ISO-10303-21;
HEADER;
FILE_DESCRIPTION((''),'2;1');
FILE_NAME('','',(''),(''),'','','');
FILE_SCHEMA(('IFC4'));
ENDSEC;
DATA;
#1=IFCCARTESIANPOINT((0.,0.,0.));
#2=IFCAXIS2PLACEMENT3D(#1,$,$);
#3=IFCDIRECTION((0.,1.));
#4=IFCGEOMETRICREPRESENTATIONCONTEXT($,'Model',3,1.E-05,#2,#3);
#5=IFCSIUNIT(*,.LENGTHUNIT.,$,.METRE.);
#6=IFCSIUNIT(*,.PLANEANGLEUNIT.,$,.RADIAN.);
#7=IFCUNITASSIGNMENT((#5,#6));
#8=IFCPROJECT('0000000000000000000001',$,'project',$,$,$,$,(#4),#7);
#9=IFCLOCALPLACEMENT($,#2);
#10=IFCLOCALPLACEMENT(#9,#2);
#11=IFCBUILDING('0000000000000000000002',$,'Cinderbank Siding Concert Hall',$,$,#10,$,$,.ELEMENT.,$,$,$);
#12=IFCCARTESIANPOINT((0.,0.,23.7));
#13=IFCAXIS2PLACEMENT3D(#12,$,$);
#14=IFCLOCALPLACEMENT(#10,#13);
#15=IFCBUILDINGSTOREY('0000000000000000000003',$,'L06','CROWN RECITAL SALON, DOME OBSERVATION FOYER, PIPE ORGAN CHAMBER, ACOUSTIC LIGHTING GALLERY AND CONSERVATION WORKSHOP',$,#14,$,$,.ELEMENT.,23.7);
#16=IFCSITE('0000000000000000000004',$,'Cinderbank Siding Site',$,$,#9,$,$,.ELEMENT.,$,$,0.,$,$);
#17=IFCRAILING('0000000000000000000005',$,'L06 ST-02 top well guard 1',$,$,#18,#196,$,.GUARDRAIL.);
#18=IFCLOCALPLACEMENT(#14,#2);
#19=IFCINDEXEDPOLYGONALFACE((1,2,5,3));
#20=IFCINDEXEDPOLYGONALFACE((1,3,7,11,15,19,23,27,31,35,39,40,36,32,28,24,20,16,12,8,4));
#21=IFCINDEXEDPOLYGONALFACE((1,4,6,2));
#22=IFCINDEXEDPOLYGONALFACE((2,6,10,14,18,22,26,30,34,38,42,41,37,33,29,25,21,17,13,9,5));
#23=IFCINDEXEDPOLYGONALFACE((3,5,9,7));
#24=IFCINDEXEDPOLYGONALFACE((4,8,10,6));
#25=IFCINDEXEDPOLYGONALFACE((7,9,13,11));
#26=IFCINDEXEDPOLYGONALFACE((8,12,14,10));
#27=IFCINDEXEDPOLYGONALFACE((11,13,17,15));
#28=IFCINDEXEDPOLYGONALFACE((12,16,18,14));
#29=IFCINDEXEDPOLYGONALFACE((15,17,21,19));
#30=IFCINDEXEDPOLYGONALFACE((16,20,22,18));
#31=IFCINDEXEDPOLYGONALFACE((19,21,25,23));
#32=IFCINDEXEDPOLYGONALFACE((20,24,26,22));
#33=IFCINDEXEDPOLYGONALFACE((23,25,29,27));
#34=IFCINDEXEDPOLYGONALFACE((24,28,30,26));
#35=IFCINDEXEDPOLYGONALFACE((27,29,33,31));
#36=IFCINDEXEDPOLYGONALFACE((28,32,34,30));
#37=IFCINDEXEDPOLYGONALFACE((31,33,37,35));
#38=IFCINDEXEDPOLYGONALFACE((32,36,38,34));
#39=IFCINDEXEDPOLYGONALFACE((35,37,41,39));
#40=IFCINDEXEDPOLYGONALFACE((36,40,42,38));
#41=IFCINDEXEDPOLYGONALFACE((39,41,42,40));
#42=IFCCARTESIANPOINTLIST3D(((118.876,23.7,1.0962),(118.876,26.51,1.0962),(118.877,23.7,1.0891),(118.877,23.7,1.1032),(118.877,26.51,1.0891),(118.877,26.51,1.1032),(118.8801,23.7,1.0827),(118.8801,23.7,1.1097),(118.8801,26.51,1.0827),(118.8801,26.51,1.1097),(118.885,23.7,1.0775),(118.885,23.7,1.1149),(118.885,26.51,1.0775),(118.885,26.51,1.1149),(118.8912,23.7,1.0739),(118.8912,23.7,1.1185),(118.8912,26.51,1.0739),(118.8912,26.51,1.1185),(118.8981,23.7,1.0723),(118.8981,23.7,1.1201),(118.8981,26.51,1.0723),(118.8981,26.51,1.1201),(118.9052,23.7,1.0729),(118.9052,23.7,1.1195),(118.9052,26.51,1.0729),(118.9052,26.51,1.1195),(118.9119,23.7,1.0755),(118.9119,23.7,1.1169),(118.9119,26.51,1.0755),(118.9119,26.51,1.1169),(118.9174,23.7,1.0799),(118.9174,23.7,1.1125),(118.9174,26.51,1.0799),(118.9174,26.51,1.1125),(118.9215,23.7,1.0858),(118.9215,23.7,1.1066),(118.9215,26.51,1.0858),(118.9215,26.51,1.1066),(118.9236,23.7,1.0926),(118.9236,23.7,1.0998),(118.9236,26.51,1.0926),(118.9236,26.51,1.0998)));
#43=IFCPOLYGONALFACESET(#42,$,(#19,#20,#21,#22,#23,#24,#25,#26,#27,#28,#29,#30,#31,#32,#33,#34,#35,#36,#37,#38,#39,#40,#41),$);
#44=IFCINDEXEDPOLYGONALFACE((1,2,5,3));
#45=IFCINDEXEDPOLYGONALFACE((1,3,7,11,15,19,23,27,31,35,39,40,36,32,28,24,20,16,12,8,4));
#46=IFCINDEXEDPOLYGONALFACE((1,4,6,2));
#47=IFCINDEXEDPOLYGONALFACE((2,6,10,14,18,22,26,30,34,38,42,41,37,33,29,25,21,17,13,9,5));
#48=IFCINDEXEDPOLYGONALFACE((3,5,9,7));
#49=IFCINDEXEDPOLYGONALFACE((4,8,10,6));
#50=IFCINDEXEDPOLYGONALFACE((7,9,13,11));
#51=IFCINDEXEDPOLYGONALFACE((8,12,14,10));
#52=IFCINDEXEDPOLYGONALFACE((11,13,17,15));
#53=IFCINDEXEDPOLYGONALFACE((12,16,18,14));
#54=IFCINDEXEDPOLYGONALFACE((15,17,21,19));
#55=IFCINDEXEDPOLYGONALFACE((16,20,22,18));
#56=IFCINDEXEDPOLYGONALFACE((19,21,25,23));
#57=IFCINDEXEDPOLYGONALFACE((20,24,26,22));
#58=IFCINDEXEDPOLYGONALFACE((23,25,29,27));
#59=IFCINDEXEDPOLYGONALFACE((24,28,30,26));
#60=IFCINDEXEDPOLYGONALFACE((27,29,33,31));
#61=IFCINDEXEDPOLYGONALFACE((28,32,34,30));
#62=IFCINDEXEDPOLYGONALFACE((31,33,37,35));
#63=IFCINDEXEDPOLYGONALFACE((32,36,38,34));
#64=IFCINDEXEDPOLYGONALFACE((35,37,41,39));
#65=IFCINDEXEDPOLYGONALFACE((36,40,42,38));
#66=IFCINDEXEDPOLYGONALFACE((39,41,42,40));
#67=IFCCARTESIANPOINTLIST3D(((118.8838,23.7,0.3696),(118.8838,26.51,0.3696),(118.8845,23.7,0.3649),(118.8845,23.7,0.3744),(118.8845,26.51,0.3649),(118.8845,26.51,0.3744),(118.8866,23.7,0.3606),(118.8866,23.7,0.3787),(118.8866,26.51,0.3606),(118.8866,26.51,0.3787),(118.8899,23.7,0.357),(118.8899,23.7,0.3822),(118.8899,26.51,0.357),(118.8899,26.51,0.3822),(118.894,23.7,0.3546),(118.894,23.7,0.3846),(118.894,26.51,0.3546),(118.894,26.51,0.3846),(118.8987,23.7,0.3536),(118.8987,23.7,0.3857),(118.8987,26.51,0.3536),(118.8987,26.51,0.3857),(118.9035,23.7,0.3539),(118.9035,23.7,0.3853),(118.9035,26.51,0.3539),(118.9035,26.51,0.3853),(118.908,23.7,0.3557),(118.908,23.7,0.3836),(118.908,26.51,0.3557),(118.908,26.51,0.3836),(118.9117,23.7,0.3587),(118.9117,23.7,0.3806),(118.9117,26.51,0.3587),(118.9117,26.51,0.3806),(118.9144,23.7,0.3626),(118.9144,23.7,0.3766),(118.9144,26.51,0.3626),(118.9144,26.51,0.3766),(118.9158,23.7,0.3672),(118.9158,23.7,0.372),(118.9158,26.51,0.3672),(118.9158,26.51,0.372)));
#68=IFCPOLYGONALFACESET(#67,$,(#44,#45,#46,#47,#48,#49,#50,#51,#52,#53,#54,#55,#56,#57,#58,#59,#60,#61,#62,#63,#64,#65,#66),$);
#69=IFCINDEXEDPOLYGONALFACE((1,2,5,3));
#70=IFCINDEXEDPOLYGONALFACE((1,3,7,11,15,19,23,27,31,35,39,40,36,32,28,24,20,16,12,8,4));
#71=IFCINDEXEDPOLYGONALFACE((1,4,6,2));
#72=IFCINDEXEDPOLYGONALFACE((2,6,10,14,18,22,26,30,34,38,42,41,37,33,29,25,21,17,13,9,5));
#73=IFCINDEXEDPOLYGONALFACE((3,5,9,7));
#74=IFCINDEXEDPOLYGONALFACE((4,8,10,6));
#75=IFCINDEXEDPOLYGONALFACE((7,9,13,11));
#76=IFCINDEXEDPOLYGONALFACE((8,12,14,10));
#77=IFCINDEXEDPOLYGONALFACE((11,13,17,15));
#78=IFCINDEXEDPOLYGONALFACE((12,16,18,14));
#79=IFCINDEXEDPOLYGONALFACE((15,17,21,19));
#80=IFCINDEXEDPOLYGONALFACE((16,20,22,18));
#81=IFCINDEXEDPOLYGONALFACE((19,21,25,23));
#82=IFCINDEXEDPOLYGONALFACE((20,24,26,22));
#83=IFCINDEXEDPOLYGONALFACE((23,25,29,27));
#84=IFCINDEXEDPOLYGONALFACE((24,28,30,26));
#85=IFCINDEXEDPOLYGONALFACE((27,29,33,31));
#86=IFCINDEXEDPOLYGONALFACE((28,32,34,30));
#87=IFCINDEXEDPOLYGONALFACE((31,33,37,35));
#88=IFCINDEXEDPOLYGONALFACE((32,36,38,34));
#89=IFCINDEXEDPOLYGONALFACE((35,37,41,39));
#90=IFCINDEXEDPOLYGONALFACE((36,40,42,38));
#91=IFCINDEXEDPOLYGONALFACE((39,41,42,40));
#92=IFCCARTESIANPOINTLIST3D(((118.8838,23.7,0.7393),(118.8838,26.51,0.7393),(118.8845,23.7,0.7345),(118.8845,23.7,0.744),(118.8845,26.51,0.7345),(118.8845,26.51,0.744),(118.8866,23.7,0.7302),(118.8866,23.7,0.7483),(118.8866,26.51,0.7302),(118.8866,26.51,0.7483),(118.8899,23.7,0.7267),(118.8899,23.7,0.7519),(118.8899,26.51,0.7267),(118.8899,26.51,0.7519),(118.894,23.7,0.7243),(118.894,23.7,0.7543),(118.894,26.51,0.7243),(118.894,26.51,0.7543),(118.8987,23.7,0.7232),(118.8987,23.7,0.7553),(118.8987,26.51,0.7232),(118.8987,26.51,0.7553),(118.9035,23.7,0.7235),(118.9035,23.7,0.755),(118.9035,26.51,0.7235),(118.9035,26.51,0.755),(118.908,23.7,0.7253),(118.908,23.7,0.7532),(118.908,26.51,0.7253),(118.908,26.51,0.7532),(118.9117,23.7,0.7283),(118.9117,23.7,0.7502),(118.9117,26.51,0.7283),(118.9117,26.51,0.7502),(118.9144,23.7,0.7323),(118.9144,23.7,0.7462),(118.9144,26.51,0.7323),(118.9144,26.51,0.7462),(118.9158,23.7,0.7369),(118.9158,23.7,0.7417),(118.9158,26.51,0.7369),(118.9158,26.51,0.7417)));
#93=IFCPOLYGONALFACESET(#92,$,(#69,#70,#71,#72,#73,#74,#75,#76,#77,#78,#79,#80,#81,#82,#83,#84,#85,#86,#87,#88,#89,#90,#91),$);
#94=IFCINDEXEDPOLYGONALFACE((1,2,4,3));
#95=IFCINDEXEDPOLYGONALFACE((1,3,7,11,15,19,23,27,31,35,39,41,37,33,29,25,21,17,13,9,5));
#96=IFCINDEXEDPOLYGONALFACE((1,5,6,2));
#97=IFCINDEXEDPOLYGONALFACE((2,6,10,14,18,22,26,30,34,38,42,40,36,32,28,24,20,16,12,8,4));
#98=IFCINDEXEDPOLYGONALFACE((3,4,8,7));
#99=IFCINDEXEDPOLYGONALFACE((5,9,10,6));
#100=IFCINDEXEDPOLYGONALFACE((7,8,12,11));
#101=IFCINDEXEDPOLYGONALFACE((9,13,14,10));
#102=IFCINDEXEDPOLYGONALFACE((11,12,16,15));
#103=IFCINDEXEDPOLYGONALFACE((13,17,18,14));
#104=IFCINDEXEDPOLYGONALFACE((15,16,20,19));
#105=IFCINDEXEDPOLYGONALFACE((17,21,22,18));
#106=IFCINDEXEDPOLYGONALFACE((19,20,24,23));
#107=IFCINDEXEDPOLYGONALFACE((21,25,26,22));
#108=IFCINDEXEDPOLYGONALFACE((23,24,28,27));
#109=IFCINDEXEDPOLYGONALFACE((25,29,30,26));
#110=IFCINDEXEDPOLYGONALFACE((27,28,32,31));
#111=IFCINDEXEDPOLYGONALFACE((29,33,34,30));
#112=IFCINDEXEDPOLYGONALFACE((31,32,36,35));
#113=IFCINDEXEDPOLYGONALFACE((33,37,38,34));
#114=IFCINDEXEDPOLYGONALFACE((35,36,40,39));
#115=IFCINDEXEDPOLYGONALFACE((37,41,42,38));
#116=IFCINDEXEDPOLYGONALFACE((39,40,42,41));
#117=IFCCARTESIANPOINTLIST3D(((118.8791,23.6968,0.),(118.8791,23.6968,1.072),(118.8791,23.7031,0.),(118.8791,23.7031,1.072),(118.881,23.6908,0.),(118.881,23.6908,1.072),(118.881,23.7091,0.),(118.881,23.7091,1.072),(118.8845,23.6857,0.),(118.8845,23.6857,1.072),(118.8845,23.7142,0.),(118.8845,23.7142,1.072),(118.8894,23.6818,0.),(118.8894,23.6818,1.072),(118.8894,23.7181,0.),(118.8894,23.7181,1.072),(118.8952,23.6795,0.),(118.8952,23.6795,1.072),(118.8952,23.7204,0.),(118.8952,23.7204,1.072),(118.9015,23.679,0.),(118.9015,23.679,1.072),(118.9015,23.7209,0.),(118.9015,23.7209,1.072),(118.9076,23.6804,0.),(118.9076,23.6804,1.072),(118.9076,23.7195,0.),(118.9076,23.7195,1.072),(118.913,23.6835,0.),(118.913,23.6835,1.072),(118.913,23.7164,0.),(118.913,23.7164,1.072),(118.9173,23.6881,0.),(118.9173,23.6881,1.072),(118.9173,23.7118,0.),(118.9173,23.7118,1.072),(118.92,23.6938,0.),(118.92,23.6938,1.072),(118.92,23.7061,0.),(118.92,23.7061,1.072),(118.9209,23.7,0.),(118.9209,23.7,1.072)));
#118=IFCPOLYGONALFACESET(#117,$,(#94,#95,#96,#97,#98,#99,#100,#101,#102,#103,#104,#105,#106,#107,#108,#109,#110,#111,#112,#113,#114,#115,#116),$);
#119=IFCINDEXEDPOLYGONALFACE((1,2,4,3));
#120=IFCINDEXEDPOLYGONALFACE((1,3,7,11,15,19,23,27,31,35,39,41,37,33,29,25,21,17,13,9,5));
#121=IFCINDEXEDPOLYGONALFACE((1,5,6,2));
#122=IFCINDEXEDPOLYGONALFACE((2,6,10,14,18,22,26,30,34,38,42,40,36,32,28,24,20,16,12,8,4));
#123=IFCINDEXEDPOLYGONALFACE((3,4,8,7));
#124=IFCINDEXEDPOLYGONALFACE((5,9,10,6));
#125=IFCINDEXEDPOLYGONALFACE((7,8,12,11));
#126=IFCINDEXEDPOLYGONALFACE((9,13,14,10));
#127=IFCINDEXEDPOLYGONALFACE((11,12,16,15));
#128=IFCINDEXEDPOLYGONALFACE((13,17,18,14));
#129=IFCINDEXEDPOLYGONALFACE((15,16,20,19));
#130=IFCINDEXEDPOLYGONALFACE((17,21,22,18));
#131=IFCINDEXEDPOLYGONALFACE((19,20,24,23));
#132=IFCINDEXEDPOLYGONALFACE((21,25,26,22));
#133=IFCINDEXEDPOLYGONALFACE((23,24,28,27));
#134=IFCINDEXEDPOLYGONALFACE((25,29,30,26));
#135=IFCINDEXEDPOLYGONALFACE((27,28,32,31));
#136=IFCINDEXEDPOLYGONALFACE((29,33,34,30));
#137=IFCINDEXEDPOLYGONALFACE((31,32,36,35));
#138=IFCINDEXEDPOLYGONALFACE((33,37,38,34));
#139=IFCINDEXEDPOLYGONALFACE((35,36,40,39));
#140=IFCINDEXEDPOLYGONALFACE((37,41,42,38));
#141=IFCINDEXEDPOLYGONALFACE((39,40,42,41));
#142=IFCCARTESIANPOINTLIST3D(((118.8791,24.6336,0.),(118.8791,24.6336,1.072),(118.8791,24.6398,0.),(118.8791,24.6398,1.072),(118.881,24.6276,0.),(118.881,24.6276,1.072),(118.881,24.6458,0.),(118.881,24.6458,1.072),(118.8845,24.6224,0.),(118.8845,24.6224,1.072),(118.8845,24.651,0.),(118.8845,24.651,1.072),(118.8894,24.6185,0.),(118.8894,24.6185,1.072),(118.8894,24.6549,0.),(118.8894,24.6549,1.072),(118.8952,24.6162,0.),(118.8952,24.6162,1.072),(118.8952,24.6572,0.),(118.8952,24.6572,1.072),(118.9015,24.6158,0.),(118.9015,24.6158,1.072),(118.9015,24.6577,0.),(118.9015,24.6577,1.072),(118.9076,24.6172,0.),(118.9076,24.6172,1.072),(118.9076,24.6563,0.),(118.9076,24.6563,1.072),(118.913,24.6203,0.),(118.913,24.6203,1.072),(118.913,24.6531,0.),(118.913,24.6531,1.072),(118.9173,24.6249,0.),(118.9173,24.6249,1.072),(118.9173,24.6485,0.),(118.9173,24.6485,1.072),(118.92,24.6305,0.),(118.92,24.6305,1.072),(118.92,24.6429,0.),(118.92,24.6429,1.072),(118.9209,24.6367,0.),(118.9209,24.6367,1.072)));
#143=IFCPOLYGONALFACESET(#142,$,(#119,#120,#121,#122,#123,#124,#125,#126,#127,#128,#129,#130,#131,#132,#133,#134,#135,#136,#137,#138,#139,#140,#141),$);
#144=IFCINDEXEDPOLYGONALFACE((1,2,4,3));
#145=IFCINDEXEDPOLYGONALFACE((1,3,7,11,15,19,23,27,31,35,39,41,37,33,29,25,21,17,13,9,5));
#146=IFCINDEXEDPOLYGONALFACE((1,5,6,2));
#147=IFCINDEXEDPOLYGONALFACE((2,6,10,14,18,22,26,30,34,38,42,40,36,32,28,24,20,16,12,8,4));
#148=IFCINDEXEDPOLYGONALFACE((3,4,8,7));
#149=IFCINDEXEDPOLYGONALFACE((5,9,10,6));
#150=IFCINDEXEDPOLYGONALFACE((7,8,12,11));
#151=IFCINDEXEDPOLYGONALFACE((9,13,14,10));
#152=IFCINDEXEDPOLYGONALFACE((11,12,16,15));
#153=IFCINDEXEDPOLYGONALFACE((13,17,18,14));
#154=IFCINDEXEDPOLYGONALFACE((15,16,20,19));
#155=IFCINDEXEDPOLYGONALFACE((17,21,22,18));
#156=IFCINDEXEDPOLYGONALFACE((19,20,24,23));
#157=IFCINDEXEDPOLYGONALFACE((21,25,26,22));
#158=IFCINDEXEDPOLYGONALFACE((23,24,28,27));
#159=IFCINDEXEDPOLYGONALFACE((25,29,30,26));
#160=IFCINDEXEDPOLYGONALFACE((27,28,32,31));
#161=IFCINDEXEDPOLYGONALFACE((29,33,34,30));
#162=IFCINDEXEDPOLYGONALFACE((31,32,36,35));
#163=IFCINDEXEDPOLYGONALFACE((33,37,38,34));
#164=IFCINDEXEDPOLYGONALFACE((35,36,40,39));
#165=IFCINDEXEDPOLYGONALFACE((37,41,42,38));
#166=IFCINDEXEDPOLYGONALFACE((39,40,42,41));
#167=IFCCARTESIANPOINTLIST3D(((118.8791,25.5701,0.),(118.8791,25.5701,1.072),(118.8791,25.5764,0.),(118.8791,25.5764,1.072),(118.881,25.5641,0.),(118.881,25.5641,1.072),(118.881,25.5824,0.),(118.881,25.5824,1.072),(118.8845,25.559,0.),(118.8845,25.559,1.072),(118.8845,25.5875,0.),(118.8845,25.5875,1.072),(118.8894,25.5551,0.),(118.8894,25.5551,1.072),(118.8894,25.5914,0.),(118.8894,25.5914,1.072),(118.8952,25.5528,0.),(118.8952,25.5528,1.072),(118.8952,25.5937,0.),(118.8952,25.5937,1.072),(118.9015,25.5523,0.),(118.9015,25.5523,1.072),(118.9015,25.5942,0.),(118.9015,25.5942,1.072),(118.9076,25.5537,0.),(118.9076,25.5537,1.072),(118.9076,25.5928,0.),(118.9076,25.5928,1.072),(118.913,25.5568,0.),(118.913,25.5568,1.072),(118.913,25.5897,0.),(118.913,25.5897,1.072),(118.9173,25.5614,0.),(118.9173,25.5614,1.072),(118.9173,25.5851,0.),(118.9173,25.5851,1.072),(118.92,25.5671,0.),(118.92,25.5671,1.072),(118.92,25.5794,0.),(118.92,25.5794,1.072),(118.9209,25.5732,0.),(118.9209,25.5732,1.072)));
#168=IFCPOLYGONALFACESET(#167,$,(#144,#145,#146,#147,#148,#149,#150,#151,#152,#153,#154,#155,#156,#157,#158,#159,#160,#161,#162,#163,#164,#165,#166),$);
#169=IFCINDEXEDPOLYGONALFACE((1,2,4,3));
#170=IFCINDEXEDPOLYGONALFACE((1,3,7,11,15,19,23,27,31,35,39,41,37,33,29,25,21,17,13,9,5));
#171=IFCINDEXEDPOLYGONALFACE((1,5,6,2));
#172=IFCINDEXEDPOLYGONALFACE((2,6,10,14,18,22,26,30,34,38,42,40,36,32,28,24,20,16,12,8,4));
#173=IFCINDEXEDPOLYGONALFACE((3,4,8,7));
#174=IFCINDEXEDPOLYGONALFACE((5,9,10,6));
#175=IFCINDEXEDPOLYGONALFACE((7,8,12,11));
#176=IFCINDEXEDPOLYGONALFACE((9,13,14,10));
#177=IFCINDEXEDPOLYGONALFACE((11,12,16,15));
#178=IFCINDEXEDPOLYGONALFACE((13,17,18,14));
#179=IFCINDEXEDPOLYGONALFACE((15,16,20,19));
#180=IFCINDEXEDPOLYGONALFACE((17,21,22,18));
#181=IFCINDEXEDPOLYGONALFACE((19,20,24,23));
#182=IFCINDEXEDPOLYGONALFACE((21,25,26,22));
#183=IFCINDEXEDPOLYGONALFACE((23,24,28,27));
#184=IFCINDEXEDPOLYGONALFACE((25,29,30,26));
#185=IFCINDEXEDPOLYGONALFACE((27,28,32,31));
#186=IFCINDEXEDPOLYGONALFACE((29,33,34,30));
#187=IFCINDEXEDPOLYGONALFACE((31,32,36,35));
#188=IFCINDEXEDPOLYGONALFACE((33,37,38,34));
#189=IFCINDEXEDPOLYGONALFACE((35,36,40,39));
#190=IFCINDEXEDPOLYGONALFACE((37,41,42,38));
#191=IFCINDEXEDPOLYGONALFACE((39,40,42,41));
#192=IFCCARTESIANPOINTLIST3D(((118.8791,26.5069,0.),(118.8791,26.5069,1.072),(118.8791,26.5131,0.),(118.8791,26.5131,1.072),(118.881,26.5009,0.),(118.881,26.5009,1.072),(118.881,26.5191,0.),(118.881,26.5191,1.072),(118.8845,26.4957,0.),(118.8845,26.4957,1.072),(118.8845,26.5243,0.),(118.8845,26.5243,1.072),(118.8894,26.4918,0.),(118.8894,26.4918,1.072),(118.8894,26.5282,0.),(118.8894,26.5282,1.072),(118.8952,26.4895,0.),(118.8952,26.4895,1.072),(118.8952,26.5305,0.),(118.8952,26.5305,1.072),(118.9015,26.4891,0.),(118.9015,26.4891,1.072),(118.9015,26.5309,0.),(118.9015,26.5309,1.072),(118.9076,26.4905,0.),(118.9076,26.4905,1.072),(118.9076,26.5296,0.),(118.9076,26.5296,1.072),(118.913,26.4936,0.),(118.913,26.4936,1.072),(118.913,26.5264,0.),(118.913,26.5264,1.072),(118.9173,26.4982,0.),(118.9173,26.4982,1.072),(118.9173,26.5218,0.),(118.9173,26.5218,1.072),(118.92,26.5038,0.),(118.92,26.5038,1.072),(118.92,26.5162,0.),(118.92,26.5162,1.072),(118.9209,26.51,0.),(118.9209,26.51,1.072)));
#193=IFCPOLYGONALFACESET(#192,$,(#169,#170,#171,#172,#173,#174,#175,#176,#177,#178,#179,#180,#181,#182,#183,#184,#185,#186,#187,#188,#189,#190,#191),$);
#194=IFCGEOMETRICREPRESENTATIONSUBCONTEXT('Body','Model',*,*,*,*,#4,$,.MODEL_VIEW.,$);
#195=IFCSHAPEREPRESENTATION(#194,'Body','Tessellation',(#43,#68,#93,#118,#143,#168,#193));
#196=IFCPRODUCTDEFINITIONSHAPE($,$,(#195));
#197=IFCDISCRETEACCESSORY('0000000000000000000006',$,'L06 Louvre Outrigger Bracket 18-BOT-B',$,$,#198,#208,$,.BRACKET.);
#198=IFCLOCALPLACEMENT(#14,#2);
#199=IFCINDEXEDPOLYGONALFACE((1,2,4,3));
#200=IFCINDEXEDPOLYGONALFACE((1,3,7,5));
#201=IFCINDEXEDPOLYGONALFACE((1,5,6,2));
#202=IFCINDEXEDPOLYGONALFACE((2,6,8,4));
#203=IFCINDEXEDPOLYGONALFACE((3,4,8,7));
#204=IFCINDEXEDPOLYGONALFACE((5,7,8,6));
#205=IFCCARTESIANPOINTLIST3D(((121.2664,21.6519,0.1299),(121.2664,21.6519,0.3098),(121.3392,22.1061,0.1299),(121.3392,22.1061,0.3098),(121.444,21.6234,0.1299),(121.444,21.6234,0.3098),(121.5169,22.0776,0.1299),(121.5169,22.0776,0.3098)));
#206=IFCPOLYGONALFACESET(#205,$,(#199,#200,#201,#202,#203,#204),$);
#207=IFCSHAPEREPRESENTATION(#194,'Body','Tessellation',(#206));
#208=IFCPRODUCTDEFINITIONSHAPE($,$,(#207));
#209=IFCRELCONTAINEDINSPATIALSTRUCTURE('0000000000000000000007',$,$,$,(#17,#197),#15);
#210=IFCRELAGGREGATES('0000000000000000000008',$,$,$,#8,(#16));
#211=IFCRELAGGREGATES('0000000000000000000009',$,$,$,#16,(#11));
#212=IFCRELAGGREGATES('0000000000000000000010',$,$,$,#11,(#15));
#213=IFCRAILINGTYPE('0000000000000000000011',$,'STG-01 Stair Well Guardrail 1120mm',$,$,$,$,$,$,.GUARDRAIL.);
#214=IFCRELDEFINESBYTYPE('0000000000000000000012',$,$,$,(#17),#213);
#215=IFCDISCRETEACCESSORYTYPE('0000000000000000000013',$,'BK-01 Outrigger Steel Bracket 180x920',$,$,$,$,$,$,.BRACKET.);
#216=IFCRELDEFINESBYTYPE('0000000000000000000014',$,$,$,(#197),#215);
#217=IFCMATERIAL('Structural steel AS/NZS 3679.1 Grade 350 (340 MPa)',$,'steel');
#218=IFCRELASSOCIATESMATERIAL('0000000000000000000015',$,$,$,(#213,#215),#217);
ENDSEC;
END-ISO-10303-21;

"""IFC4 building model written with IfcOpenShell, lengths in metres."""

from ifc_helpers import new_model, si_unit, direction, frame, origin, origin_2d, place, context, subcontext, project, spatial, rectangle, circle, extrude, material, type_object, element, save


model = new_model("IFC4")

# Units and contexts
model_context = context("Model", 3, precision=1e-05, world=origin(), true_north=direction((0.0, 1.0)))
body_context = subcontext(model_context, "Body", "Model", "MODEL_VIEW")
ifc_project = project(units=[si_unit("LENGTHUNIT", "METRE"), si_unit("PLANEANGLEUNIT", "RADIAN")], contexts=[model_context])

# Site, building, storey
site_placement = place(None, origin())
site = spatial("IfcSite", under=ifc_project, at=site_placement, Name="Cinderbank Siding Site", CompositionType="ELEMENT", RefElevation=0.0)
building_placement = place(site_placement, origin())
building = spatial("IfcBuilding", under=site, at=building_placement, Name="Cinderbank Siding Concert Hall", CompositionType="ELEMENT")
storey_placement = place(building_placement, frame((0.0, 0.0, 23.7)))
storey = spatial("IfcBuildingStorey", under=building, at=storey_placement, Name="L06", Description="CROWN RECITAL SALON, DOME OBSERVATION FOYER, PIPE ORGAN CHAMBER, ACOUSTIC LIGHTING GALLERY AND CONSERVATION WORKSHOP", CompositionType="ELEMENT", Elevation=23.7)

# Railing
ifc_material_1 = material(Name="Structural steel AS/NZS 3679.1 Grade 350 (340 MPa)", Category="steel")
railing_type = type_object("IfcRailingType", Name="STG-01 Stair Well Guardrail 1120mm", PredefinedType="GUARDRAIL", material=ifc_material_1)
railing_placement = place(storey_placement, frame((118.8999, 23.7, 0.0)))
element("IfcRailing", 1, at=railing_placement, inside=storey, type_object=railing_type, Name="L06 ST-02 top well guard 1", PredefinedType="GUARDRAIL", context=body_context, shape_type="SweptSolid", body=[
    extrude(circle(Radius=0.0239, at=origin_2d()), frame((0.0, 0.0, 1.0962), z_axis=(0.0, 1.0, 0.0), x_axis=(-1.0, 0.0, 0.0)), (0.0, 0.0, 1.0), 2.8101),
    extrude(circle(Radius=0.0161, at=origin_2d()), frame((0.0, 0.0, 0.3696), z_axis=(0.0, 1.0, 0.0), x_axis=(-1.0, 0.0, 0.0)), (0.0, 0.0, 1.0), 2.8101),
    extrude(circle(Radius=0.0161, at=origin_2d()), frame((0.0, 0.0, 0.7393), z_axis=(0.0, 1.0, 0.0), x_axis=(-1.0, 0.0, 0.0)), (0.0, 0.0, 1.0), 2.8101),
    extrude(circle(Radius=0.021, at=origin_2d()), origin(), (0.0, 0.0, 1.0), 1.072),
    extrude(circle(Radius=0.021, at=origin_2d()), frame((0.0, 0.9368, 0.0)), (0.0, 0.0, 1.0), 1.072),
    extrude(circle(Radius=0.021, at=origin_2d()), frame((0.0, 1.8733, 0.0)), (0.0, 0.0, 1.0), 1.072),
    extrude(circle(Radius=0.021, at=origin_2d()), frame((0.0, 2.8101, 0.0)), (0.0, 0.0, 1.0), 1.072),
])

# Discrete accessory
discrete_accessory_type = type_object("IfcDiscreteAccessoryType", Name="BK-01 Outrigger Steel Bracket 180x920", PredefinedType="BRACKET", material=ifc_material_1)
for number, where, z_axis, x_axis, name in (
    (2, (121.3916, 21.8647, 0.1299), (0.0, 0.0, 1.0), (-0.158354, -0.987382, 0.0), "L06 Louvre Outrigger Bracket 18-BOT-B"),
):
    element("IfcDiscreteAccessory", number, at=place(storey_placement, frame(where, z_axis=z_axis, x_axis=x_axis)), inside=storey, type_object=discrete_accessory_type, Name=name, PredefinedType="BRACKET", context=body_context, shape_type="SweptSolid", body=[
        extrude(rectangle(XDim=0.46, YDim=0.1799, at=origin_2d()), origin(), (0.0, 0.0, 1.0), 0.1799),
    ])

save(model, "model.ifc")
